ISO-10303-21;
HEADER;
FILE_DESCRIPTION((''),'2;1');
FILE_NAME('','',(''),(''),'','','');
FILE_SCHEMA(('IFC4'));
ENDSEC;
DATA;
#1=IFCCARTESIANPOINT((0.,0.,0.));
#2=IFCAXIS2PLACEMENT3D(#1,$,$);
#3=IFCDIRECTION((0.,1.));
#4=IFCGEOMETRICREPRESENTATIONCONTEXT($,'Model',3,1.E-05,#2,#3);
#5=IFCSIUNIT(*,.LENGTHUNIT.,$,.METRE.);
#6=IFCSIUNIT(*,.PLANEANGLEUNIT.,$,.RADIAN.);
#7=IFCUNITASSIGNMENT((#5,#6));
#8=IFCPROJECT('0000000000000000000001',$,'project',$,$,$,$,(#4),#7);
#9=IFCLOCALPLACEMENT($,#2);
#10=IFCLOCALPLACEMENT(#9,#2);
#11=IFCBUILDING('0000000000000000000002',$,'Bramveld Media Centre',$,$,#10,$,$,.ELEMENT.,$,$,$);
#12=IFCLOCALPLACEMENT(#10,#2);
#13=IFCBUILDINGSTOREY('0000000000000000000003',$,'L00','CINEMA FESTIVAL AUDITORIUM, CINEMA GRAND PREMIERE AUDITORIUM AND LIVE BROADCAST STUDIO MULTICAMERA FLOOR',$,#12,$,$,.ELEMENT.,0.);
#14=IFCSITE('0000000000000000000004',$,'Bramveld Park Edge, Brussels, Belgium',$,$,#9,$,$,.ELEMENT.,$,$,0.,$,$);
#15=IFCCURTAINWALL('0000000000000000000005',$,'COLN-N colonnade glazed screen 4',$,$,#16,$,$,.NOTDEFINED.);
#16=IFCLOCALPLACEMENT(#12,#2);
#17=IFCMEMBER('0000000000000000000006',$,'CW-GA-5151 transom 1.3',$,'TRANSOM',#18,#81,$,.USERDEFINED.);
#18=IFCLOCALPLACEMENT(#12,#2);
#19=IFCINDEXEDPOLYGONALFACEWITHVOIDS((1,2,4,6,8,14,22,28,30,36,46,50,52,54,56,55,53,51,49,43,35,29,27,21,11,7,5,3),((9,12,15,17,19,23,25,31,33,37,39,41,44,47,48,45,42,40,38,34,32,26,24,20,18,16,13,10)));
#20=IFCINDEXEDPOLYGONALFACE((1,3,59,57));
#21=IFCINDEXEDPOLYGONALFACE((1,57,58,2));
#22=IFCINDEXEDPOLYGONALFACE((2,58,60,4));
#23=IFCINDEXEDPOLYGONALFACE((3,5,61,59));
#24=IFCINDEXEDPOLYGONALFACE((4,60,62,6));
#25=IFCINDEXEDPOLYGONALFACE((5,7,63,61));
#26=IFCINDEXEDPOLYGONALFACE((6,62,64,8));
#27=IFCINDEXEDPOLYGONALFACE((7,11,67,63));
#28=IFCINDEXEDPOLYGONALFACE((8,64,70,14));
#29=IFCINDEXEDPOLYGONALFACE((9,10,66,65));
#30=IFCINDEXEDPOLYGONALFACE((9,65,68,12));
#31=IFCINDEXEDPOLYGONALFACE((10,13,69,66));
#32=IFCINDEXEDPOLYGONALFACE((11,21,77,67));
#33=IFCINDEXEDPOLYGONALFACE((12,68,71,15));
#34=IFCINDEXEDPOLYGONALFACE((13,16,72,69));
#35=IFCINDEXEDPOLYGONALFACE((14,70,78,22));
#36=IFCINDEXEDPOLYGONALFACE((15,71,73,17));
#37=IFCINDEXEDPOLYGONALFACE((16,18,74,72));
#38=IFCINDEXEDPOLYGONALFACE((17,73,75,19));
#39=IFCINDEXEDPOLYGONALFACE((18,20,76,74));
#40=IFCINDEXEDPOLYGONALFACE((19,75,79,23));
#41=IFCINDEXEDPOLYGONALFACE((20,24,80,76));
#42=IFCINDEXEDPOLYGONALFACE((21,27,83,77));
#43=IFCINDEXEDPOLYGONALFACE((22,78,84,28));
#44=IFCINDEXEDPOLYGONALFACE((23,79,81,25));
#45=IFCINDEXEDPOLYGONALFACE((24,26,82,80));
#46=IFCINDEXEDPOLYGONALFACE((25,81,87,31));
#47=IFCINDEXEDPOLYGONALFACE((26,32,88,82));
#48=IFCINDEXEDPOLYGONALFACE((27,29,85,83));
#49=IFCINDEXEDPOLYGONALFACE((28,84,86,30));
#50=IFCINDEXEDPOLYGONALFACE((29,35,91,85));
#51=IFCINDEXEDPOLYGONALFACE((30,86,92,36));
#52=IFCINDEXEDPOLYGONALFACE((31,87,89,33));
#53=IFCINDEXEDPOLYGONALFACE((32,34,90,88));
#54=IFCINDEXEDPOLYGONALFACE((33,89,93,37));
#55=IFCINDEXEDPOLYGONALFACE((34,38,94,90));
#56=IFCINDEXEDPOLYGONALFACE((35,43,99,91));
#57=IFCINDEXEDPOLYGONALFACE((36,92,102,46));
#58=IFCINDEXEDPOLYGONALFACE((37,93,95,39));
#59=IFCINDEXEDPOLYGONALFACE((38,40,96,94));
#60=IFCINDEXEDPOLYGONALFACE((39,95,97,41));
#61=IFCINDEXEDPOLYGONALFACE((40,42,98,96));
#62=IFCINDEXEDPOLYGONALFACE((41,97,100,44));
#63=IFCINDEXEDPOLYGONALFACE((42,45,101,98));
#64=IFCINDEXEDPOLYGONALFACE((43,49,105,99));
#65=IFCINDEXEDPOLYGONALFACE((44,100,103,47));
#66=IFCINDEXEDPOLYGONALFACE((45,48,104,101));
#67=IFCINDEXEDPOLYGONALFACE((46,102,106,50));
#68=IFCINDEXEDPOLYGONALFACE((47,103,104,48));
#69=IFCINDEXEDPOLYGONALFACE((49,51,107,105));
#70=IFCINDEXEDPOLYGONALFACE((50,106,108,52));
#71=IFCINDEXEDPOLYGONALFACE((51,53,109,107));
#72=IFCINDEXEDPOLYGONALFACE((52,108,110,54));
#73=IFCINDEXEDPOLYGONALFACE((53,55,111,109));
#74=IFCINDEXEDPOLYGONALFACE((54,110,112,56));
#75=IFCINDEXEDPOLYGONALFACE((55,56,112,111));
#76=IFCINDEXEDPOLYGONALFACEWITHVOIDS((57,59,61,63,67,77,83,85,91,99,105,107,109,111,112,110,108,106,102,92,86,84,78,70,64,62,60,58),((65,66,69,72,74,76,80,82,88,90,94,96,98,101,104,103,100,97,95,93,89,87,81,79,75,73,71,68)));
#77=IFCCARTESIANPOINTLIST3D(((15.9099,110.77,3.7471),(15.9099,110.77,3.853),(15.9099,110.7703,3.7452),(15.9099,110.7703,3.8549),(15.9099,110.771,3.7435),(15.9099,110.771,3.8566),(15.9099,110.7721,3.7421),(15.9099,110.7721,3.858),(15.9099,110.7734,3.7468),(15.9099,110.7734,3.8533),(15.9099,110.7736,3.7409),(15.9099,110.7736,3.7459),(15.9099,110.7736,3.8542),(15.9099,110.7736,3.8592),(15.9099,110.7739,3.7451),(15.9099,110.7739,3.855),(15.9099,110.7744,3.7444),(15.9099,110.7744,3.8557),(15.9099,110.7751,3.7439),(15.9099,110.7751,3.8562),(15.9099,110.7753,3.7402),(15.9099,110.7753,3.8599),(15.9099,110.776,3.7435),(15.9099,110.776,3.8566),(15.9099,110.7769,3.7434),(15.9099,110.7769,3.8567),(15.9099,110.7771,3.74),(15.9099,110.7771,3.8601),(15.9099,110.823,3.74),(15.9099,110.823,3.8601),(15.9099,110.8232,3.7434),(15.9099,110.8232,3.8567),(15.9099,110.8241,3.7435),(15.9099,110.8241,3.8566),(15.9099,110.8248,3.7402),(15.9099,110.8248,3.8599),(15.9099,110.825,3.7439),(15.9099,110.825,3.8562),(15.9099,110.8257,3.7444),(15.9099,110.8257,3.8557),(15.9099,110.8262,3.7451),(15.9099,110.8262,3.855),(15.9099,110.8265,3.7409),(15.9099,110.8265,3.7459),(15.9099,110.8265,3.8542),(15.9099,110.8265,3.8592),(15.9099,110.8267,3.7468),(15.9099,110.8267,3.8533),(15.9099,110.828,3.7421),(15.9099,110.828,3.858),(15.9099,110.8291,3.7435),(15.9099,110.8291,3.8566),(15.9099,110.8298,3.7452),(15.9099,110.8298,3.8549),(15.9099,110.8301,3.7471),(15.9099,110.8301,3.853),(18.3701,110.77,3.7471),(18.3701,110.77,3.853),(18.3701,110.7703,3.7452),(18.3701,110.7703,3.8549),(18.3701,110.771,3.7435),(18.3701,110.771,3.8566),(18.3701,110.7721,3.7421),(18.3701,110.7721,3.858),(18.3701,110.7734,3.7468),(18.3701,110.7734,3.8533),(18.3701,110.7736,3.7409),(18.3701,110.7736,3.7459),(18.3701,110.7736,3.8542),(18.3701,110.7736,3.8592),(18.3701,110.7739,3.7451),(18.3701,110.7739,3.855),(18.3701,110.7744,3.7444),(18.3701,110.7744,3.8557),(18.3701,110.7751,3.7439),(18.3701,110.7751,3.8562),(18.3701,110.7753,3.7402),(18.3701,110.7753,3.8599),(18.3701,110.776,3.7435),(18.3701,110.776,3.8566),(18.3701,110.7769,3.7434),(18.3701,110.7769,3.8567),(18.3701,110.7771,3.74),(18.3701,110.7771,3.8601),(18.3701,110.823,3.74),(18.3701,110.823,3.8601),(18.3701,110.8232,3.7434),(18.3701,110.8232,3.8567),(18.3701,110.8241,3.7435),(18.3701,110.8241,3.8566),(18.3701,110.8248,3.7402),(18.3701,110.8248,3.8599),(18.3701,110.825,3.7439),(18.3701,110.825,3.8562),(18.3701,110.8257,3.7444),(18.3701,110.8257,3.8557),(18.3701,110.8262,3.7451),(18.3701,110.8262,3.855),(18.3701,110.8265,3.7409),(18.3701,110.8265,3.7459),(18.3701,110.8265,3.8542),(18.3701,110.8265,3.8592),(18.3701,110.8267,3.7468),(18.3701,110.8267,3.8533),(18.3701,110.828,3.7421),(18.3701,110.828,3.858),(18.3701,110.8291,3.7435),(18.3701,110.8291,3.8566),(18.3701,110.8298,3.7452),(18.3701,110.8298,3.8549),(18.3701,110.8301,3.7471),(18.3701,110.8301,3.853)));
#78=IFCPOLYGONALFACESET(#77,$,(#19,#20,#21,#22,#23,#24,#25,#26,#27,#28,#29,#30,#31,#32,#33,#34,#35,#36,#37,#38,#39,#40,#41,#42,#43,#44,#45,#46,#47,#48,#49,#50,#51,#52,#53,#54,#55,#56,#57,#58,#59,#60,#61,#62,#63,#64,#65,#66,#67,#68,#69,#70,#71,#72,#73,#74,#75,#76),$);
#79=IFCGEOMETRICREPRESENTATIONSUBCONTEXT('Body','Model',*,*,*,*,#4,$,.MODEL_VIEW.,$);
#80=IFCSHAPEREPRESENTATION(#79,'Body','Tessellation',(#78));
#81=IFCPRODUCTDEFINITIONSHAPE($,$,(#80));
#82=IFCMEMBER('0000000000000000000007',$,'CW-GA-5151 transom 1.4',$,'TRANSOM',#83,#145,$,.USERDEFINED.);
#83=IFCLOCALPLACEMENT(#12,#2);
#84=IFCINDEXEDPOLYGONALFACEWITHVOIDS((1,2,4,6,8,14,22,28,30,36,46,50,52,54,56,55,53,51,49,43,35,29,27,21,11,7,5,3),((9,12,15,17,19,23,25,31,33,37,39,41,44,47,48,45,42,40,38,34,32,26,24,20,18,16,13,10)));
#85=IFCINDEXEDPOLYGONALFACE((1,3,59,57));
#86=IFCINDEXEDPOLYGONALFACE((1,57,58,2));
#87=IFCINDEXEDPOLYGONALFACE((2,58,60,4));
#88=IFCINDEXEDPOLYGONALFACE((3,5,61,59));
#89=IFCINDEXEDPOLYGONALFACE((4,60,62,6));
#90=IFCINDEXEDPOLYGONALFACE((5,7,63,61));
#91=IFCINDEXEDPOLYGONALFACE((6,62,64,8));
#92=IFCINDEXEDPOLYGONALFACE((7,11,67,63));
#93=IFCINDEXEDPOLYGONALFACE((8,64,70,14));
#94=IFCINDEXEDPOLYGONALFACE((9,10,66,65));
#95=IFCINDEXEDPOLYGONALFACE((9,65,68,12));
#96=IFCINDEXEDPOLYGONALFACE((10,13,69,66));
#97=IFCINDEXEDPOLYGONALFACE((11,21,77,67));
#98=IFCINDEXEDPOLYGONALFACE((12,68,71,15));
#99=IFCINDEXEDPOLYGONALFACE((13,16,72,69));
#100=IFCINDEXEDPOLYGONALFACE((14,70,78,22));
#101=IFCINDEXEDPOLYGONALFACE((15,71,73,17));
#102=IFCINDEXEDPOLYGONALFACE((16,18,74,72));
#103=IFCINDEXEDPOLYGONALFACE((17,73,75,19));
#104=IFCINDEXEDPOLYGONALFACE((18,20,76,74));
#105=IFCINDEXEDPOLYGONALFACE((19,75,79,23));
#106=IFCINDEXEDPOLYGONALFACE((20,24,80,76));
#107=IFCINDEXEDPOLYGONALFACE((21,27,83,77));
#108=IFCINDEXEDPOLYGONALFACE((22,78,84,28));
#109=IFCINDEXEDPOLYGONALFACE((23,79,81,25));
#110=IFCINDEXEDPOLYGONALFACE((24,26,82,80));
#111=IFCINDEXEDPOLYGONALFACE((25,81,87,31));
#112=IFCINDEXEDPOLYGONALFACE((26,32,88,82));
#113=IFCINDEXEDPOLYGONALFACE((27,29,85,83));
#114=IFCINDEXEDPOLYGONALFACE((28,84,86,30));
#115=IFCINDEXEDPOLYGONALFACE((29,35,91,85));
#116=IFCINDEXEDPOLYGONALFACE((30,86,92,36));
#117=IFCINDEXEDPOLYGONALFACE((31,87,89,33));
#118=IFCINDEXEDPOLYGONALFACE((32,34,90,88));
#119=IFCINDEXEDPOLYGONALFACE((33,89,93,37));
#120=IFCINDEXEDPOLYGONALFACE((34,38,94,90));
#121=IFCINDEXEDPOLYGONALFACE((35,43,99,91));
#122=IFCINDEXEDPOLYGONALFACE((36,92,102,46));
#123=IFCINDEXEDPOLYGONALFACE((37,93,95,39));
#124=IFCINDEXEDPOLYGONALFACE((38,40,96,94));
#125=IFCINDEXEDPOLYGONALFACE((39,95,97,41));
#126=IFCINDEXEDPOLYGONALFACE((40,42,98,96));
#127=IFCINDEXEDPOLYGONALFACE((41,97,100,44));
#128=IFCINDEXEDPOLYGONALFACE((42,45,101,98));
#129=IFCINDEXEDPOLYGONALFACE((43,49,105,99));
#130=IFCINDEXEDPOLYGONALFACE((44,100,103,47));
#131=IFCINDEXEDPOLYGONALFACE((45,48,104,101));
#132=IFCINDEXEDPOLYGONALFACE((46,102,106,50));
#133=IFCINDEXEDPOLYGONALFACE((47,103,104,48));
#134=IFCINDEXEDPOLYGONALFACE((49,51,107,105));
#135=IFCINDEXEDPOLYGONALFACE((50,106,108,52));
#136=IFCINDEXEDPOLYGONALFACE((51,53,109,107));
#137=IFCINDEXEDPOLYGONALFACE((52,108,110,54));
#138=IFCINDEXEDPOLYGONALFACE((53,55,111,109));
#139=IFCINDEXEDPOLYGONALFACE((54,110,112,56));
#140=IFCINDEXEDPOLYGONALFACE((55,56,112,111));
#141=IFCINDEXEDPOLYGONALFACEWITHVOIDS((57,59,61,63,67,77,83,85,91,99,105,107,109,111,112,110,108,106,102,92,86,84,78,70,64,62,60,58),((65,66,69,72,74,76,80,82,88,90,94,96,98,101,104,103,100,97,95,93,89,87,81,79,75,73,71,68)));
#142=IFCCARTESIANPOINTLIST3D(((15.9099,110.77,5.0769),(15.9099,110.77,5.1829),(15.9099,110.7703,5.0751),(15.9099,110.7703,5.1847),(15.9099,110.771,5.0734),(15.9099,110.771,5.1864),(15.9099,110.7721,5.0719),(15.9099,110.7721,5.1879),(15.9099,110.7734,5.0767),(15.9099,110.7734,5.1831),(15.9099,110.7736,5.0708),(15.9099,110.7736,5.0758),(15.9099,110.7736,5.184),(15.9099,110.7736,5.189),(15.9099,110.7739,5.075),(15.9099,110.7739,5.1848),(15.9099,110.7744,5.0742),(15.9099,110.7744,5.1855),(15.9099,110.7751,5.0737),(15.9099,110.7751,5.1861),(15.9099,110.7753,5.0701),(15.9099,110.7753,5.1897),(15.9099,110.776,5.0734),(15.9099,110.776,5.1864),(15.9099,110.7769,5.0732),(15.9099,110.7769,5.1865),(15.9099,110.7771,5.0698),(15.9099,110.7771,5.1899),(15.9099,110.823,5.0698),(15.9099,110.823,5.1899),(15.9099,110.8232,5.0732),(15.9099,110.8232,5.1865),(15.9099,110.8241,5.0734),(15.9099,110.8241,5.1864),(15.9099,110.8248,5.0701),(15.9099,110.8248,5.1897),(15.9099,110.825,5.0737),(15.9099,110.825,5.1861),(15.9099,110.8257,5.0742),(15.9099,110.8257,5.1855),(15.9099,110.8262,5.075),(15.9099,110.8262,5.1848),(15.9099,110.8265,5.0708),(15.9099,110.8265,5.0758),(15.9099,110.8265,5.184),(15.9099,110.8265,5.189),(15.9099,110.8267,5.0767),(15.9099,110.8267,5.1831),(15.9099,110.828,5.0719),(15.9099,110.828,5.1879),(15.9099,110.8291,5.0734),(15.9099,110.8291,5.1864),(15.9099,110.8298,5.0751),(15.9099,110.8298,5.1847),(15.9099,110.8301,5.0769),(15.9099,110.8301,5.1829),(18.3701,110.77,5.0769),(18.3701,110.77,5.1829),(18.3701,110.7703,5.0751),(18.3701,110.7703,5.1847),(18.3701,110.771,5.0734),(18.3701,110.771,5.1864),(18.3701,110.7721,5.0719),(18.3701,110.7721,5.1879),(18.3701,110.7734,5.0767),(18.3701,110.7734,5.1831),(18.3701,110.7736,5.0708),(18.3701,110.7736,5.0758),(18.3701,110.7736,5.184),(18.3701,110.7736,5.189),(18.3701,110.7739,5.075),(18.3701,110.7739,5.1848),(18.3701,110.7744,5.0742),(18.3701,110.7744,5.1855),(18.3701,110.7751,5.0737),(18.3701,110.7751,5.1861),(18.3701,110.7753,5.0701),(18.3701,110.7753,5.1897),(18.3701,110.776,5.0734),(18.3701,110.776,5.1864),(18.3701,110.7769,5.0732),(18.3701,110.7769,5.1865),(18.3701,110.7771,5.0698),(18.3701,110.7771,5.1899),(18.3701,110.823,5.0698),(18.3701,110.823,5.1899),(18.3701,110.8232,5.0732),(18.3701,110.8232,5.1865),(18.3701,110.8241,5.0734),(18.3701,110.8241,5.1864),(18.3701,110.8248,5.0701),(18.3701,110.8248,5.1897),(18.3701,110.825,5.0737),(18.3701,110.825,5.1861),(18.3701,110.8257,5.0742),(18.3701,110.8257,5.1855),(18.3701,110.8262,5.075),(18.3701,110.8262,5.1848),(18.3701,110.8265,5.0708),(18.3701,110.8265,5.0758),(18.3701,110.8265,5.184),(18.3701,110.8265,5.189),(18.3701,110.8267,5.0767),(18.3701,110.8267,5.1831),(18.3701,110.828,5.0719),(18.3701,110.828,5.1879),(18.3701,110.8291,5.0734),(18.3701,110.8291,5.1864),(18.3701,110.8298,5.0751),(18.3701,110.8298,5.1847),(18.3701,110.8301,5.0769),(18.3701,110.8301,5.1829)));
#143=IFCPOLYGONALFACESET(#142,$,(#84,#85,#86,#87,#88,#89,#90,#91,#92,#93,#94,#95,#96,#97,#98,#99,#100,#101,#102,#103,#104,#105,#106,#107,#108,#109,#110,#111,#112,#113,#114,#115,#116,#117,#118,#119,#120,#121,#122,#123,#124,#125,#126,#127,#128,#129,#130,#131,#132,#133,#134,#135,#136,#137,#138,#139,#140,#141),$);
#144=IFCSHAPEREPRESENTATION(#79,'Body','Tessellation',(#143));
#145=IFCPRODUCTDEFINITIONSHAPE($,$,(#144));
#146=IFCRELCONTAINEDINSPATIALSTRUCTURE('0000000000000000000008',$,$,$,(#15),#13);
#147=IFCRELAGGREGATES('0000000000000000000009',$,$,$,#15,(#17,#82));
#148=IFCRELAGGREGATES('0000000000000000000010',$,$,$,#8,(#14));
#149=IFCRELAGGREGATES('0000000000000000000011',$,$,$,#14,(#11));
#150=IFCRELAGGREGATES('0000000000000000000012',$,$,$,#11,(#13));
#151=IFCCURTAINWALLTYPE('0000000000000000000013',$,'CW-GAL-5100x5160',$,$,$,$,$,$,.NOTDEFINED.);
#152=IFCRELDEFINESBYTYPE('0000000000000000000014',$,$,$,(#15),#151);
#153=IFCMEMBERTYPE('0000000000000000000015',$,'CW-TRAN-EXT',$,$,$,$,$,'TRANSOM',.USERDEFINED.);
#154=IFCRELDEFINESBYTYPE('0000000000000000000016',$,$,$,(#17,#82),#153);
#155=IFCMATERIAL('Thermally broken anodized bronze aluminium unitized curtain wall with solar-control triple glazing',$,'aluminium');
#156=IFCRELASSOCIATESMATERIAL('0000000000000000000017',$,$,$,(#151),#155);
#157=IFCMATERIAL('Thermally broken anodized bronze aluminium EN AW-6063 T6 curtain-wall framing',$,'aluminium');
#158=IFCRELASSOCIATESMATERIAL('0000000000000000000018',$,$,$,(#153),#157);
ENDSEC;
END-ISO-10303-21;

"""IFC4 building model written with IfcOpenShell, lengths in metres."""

from ifc_helpers import new_model, si_unit, direction, frame, origin, origin_2d, place, context, subcontext, project, spatial, hollow_rectangle, extrude, material, material_profile, profile_set, type_object, element, aggregate, save


model = new_model("IFC4")

# Units and contexts
model_context = context("Model", 3, precision=1e-05, world=origin(), true_north=direction((0.0, 1.0)))
body_context = subcontext(model_context, "Body", "Model", "MODEL_VIEW")
ifc_project = project(units=[si_unit("LENGTHUNIT", "METRE"), si_unit("PLANEANGLEUNIT", "RADIAN")], contexts=[model_context])

# Site, building, storey
site_placement = place(None, origin())
site = spatial("IfcSite", under=ifc_project, at=site_placement, Name="Bramveld Park Edge, Brussels, Belgium", CompositionType="ELEMENT", RefElevation=0.0)
building_placement = place(site_placement, origin())
building = spatial("IfcBuilding", under=site, at=building_placement, Name="Bramveld Media Centre", CompositionType="ELEMENT")
storey_placement = place(building_placement, origin())
storey = spatial("IfcBuildingStorey", under=building, at=storey_placement, Name="L00", Description="CINEMA FESTIVAL AUDITORIUM, CINEMA GRAND PREMIERE AUDITORIUM AND LIVE BROADCAST STUDIO MULTICAMERA FLOOR", CompositionType="ELEMENT", Elevation=0.0)

# Curtain wall
ifc_material_1 = material(Name="Thermally broken anodized bronze aluminium unitized curtain wall with solar-control triple glazing", Category="aluminium")
curtain_wall_type_1 = type_object("IfcCurtainWallType", Name="CW-GAL-5100x5160", PredefinedType="NOTDEFINED", material=ifc_material_1)
curtain_wall_1_placement = place(storey_placement, origin())
curtain_wall_1 = element("IfcCurtainWall", 1, at=curtain_wall_1_placement, inside=storey, type_object=curtain_wall_type_1, Name="COLN-N colonnade glazed screen 4", PredefinedType="NOTDEFINED")

# Members
ifc_material_2 = material(Name="Thermally broken anodized bronze aluminium EN AW-6063 T6 curtain-wall framing", Category="aluminium")
ifc_material_profile_1 = material_profile(ifc_material_2, hollow_rectangle(XDim=0.0601, YDim=0.1201, WallThickness=0.0034, InnerFilletRadius=0.0034, OuterFilletRadius=0.0071, at=origin_2d()), Name="AL-TRAN 60x120")
ifc_profile_set_1 = profile_set([ifc_material_profile_1], Name="Thermally broken anodized bronze aluminium EN AW-6063 T6 curtain-wall framing")
member_type_1 = type_object("IfcMemberType", Name="CW-TRAN-EXT", ElementType="TRANSOM", PredefinedType="USERDEFINED", material=ifc_profile_set_1)
member_1_placement = place(storey_placement, frame((15.9099, 110.8, 3.8), z_axis=(1.0, 0.0, 0.0), x_axis=(0.0, 1.0, 0.0)))
member_1 = element("IfcMember", 2, at=member_1_placement, type_object=member_type_1, Name="CW-GA-5151 transom 1.3", ObjectType="TRANSOM", PredefinedType="USERDEFINED", context=body_context, shape_type="SweptSolid", body=[
    extrude(hollow_rectangle(XDim=0.0601, YDim=0.1201, WallThickness=0.0034, InnerFilletRadius=0.0034, OuterFilletRadius=0.0071, at=origin_2d()), origin(), (0.0, 0.0, 1.0), 2.4602),
])
member_2_placement = place(storey_placement, frame((15.9099, 110.8, 5.1299), z_axis=(1.0, 0.0, 0.0), x_axis=(0.0, 1.0, 0.0)))
member_2 = element("IfcMember", 3, at=member_2_placement, type_object=member_type_1, Name="CW-GA-5151 transom 1.4", ObjectType="TRANSOM", PredefinedType="USERDEFINED", context=body_context, shape_type="SweptSolid", body=[
    extrude(hollow_rectangle(XDim=0.0601, YDim=0.1201, WallThickness=0.0034, InnerFilletRadius=0.0034, OuterFilletRadius=0.0071, at=origin_2d()), origin(), (0.0, 0.0, 1.0), 2.4602),
])

aggregate(curtain_wall_1, [member_1, member_2])

save(model, "model.ifc")
